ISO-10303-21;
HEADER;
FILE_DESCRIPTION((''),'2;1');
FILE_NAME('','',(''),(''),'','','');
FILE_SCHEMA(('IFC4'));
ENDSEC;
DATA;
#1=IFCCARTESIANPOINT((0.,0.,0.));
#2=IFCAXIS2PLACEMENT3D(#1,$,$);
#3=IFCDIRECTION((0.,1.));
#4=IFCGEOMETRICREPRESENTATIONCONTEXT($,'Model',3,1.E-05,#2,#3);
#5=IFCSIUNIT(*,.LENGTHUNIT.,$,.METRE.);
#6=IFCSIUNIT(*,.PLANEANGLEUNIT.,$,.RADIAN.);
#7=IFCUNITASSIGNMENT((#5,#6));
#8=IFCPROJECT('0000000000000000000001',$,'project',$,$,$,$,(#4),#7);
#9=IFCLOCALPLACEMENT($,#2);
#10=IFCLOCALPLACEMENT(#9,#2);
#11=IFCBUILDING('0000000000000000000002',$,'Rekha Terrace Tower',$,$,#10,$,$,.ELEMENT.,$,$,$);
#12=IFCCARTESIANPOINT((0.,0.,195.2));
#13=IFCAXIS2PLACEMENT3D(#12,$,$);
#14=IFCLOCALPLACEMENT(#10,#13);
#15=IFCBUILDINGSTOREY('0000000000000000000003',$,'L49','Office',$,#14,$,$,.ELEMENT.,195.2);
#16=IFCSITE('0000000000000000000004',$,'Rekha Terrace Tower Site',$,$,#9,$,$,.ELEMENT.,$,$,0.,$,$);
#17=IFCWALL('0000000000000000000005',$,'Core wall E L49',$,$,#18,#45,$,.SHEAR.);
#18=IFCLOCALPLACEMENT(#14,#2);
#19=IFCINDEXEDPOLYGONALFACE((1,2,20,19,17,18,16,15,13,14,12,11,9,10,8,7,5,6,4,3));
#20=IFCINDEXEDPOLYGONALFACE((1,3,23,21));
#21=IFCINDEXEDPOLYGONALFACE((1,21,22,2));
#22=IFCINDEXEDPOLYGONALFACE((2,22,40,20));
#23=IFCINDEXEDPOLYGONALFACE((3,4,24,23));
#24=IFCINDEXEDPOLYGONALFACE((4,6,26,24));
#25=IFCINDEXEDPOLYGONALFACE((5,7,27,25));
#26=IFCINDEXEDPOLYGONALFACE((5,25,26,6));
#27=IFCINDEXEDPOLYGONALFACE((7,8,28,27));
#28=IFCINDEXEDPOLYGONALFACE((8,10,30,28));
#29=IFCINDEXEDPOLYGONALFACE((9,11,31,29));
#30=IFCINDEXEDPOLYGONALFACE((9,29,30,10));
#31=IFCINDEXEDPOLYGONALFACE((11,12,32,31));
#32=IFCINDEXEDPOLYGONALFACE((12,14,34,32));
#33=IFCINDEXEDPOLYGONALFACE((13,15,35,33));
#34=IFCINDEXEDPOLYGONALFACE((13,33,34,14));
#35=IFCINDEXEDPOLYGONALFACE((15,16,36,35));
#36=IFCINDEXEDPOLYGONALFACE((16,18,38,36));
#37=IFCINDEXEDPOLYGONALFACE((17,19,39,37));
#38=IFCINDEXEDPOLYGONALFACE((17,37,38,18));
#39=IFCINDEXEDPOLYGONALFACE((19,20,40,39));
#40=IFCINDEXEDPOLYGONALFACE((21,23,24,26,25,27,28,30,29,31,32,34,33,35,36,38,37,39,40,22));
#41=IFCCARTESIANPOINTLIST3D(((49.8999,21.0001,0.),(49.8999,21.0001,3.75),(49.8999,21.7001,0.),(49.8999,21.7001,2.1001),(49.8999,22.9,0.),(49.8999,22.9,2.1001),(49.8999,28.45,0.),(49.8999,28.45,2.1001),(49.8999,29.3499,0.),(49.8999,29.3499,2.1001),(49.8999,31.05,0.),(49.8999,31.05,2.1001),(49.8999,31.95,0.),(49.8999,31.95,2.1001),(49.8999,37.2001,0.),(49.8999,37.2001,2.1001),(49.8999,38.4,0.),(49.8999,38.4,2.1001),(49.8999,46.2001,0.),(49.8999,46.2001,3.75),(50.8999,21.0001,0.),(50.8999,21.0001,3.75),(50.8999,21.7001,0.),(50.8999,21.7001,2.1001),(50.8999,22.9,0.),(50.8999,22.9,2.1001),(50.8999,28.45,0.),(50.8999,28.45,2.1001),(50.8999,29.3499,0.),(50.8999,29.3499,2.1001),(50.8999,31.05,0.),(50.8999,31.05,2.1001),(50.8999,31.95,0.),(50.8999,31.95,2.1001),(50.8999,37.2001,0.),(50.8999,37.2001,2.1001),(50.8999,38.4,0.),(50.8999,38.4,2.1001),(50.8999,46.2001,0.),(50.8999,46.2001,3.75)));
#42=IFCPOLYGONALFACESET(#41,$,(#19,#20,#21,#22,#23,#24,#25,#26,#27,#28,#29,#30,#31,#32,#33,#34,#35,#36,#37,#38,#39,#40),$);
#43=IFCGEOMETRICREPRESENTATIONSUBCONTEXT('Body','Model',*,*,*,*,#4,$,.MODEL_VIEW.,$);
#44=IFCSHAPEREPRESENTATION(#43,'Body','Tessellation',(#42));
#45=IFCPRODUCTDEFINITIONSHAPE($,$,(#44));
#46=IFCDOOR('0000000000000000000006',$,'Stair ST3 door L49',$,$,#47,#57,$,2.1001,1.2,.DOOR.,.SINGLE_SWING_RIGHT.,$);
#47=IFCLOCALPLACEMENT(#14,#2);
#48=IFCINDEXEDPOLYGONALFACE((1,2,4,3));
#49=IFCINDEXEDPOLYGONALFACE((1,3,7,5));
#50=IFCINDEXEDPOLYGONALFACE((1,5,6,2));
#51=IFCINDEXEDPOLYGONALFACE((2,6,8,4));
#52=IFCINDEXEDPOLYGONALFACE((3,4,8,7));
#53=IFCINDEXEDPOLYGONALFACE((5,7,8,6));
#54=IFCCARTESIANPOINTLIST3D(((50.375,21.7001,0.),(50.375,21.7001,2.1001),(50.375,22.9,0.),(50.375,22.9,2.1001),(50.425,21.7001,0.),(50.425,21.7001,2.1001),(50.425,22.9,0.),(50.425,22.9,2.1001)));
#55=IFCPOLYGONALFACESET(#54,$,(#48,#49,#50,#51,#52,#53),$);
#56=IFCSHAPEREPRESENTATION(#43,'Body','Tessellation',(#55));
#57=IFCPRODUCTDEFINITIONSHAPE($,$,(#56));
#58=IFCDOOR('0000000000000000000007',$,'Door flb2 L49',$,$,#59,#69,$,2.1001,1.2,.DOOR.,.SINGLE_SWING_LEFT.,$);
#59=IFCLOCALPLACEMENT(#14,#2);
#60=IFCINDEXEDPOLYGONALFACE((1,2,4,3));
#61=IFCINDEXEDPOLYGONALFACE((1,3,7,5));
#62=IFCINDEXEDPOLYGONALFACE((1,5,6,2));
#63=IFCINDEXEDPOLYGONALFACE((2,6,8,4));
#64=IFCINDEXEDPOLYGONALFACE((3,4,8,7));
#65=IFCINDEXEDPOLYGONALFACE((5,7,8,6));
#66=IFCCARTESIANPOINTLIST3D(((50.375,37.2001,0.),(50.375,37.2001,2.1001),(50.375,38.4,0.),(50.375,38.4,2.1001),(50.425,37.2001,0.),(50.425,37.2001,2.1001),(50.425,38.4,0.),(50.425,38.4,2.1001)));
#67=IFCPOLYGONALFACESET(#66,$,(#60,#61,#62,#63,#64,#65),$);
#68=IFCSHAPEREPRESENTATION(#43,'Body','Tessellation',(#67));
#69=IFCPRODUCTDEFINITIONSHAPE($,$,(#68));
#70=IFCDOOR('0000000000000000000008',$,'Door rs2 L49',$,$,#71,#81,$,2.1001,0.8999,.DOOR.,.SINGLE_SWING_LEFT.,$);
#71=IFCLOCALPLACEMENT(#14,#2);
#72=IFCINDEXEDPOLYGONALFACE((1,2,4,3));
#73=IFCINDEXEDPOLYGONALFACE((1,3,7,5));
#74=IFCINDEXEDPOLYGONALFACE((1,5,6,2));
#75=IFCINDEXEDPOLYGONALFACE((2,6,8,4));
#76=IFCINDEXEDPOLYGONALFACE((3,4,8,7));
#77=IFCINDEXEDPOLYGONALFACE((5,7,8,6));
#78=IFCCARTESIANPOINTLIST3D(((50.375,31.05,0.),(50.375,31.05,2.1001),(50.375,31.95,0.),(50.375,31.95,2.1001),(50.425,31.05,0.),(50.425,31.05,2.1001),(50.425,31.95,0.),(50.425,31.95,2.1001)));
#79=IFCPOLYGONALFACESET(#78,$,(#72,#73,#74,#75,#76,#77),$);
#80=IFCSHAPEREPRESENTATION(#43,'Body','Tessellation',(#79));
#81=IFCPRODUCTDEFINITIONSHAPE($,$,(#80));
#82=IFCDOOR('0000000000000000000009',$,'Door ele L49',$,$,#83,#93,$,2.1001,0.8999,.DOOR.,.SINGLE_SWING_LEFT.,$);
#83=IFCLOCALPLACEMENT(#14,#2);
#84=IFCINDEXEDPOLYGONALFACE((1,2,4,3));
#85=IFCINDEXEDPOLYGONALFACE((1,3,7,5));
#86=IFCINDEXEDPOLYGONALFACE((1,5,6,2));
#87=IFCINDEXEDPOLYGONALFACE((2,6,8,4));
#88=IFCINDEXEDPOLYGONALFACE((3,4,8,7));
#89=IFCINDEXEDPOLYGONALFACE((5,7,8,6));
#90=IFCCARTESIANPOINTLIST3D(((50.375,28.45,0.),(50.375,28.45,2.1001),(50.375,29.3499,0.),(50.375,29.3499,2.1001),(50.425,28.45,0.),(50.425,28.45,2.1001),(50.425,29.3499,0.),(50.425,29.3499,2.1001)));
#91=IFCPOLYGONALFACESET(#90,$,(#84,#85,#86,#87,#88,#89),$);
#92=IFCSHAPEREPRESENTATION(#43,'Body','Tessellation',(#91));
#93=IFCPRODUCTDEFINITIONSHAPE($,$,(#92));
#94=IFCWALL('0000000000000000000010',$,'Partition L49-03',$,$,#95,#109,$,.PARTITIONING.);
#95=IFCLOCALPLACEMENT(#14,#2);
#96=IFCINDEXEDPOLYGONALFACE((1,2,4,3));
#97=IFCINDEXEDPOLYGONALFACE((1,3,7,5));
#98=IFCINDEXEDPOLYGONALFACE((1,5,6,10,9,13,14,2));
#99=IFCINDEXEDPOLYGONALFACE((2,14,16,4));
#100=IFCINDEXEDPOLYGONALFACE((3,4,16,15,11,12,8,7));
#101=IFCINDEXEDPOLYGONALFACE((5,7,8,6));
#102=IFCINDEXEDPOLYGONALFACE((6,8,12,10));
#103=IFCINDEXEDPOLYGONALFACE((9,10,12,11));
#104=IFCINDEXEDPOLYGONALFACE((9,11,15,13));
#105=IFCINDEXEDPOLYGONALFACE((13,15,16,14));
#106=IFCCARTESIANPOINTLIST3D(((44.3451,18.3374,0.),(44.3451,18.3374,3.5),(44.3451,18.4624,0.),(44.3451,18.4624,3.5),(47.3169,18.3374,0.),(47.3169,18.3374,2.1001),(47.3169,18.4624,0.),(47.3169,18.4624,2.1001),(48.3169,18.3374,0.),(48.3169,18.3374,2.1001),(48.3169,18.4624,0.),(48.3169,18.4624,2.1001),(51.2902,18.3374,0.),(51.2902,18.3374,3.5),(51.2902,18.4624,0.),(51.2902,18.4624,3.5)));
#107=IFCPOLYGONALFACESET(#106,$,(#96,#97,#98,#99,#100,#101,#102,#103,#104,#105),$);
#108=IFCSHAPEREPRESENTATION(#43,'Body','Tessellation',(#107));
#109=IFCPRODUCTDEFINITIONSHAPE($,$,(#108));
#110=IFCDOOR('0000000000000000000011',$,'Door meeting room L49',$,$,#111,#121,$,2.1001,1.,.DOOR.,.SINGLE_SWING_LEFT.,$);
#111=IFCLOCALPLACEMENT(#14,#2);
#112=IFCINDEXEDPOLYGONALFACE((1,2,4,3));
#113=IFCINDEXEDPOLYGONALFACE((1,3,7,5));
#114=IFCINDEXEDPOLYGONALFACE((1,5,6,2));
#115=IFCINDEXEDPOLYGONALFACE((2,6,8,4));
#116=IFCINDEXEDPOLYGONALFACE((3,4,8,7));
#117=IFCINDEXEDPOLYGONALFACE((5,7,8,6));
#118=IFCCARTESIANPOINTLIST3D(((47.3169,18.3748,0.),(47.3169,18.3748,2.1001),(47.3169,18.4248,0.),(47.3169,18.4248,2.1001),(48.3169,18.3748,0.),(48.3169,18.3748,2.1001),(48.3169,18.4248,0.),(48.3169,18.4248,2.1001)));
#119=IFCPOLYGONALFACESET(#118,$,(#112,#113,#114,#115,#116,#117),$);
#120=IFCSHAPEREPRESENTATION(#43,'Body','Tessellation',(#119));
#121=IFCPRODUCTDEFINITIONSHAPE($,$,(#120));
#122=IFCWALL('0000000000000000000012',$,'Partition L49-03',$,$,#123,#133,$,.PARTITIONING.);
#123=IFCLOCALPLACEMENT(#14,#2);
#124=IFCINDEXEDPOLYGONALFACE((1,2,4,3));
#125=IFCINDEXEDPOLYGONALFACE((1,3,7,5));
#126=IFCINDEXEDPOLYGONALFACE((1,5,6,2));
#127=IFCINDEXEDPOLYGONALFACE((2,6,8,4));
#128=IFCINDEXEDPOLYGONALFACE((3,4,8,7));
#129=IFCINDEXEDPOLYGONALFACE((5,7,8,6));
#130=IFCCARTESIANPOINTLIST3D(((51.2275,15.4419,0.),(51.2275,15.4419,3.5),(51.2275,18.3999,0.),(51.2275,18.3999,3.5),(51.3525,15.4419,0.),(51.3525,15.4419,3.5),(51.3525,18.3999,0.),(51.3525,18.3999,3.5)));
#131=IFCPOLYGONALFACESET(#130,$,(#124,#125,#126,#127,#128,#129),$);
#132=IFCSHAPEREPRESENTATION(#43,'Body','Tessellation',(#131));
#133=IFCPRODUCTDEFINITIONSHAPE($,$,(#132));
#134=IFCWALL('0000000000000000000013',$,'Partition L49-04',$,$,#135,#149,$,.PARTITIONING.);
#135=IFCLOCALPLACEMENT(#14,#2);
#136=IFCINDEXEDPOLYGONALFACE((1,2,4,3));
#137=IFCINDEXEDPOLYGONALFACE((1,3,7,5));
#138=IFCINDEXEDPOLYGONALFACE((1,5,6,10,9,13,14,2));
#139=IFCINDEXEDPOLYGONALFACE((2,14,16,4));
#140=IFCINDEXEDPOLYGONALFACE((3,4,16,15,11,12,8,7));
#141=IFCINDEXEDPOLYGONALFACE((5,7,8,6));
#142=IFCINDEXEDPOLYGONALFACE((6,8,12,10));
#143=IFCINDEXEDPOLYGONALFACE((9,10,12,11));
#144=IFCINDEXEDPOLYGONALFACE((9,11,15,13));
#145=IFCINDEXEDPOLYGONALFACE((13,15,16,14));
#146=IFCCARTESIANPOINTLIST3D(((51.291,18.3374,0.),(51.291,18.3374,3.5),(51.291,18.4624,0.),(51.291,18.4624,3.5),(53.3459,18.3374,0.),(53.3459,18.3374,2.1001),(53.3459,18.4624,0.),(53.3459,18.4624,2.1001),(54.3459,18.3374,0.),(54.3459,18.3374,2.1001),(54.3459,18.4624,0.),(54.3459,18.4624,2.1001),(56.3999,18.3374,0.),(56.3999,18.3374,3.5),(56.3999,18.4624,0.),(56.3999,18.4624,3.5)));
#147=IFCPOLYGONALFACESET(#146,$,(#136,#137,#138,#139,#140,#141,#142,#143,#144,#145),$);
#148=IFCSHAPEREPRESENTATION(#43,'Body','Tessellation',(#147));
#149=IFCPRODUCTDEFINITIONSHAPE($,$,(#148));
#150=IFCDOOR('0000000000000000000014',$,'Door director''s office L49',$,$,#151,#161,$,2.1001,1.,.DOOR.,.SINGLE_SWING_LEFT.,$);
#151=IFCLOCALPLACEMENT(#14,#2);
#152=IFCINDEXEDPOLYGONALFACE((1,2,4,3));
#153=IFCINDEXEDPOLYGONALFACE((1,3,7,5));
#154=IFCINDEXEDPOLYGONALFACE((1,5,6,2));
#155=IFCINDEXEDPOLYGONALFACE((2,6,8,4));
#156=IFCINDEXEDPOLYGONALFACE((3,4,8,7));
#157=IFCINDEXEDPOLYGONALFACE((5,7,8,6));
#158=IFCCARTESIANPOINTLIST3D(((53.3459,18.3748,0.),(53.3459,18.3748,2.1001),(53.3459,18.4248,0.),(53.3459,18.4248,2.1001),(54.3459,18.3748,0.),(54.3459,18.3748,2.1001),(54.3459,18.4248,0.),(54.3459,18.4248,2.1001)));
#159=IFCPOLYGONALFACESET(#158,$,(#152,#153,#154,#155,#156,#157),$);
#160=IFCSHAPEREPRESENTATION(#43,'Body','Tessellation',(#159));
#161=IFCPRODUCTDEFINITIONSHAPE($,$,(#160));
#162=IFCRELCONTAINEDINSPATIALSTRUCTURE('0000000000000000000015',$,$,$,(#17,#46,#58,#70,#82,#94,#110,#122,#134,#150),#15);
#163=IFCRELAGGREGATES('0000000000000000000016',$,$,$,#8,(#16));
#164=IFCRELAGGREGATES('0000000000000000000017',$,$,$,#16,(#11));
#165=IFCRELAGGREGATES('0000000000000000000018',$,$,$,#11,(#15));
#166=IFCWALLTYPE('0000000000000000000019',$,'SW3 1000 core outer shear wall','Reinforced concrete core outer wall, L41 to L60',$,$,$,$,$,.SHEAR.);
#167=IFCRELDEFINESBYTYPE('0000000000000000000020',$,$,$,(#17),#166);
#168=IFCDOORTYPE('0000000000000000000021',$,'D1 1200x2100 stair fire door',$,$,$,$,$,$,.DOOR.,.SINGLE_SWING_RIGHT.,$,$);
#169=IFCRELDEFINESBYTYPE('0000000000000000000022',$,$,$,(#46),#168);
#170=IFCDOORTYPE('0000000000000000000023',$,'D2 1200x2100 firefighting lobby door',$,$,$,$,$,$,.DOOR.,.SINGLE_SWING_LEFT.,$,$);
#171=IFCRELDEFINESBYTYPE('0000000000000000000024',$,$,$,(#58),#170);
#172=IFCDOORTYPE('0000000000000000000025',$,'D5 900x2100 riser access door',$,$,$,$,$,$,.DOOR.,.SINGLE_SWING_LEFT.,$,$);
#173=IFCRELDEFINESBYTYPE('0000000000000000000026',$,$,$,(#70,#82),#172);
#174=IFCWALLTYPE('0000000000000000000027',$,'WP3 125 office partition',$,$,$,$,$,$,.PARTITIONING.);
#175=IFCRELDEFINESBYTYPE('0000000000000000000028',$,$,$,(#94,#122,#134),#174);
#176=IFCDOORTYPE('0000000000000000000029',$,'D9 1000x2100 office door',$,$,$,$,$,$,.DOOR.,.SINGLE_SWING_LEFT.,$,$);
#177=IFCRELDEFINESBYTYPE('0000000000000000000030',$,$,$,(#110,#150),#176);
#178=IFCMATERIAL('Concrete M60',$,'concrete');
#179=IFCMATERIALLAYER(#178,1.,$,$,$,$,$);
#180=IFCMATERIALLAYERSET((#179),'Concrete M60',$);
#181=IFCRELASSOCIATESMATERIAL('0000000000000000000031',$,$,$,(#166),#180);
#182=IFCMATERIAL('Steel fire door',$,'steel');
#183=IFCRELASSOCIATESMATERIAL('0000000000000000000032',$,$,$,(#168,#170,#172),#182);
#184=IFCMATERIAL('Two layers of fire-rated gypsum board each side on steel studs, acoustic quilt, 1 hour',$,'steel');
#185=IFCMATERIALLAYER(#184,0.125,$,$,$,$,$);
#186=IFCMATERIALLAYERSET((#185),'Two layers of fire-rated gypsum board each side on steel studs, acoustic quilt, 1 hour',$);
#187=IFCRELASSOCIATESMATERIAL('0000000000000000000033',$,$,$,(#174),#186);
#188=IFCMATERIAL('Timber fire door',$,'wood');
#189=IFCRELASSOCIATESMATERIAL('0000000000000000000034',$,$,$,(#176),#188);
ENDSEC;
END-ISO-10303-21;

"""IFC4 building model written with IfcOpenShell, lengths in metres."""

from ifc_helpers import new_model, si_unit, direction, frame, frame_2d, origin, place, context, subcontext, project, spatial, rectangle, extrude, material, layer, layer_set, type_object, element, fill, save


model = new_model("IFC4")

# Units and contexts
model_context = context("Model", 3, precision=1e-05, world=origin(), true_north=direction((0.0, 1.0)))
body_context = subcontext(model_context, "Body", "Model", "MODEL_VIEW")
ifc_project = project(units=[si_unit("LENGTHUNIT", "METRE"), si_unit("PLANEANGLEUNIT", "RADIAN")], contexts=[model_context])

# Site, building, storey
site_placement = place(None, origin())
site = spatial("IfcSite", under=ifc_project, at=site_placement, Name="Rekha Terrace Tower Site", CompositionType="ELEMENT", RefElevation=0.0)
building_placement = place(site_placement, origin())
building = spatial("IfcBuilding", under=site, at=building_placement, Name="Rekha Terrace Tower", CompositionType="ELEMENT")
storey_placement = place(building_placement, frame((0.0, 0.0, 195.2)))
storey = spatial("IfcBuildingStorey", under=building, at=storey_placement, Name="L49", Description="Office", CompositionType="ELEMENT", Elevation=195.2)

# Shared definitions
ifc_material_1 = material(Name="Concrete M60", Category="concrete")

# Wall, openings, doors
ifc_layer_1 = layer(ifc_material_1, 1.0)
ifc_layer_set_1 = layer_set([ifc_layer_1], Name="Concrete M60")
wall_type_1 = type_object("IfcWallType", Name="SW3 1000 core outer shear wall", Description="Reinforced concrete core outer wall, L41 to L60", PredefinedType="SHEAR", material=ifc_layer_set_1)
wall_1_placement = place(storey_placement, frame((50.3999, 21.0, 0.0), z_axis=(0.0, 0.0, 1.0), x_axis=(0.0, 1.0, 0.0)))
wall_1 = element("IfcWall", 1, at=wall_1_placement, inside=storey, type_object=wall_type_1, Name="Core wall E L49", PredefinedType="SHEAR", context=body_context, shape_type="SweptSolid", body=[
    extrude(rectangle(XDim=25.2, YDim=1.0, at=frame_2d((12.6001, 0.0))), origin(), (0.0, 0.0, 1.0), 3.75),
])
opening_1_placement = place(wall_1_placement, frame((16.2, 0.0, 0.0)))
opening_1 = element("IfcOpeningElement", 2, at=opening_1_placement, cuts=wall_1, PredefinedType="OPENING", context=body_context, shape_type="SweptSolid", body=[
    extrude(rectangle(XDim=1.2, YDim=2.1001, at=frame_2d((0.6001, 1.05))), frame((0.0, 0.51, 0.0), z_axis=(0.0, -1.0, 0.0), x_axis=(1.0, 0.0, 0.0)), (0.0, 0.0, 1.0), 1.02),
])
opening_2_placement = place(wall_1_placement, frame((10.05, 0.0, 0.0)))
opening_2 = element("IfcOpeningElement", 3, at=opening_2_placement, cuts=wall_1, PredefinedType="OPENING", context=body_context, shape_type="SweptSolid", body=[
    extrude(rectangle(XDim=0.8999, YDim=2.1001, at=frame_2d((0.45, 1.05))), frame((0.0, 0.51, 0.0), z_axis=(0.0, -1.0, 0.0), x_axis=(1.0, 0.0, 0.0)), (0.0, 0.0, 1.0), 1.02),
])
opening_3_placement = place(wall_1_placement, frame((7.45, 0.0, 0.0)))
opening_3 = element("IfcOpeningElement", 4, at=opening_3_placement, cuts=wall_1, PredefinedType="OPENING", context=body_context, shape_type="SweptSolid", body=[
    extrude(rectangle(XDim=0.8999, YDim=2.1001, at=frame_2d((0.45, 1.05))), frame((0.0, 0.51, 0.0), z_axis=(0.0, -1.0, 0.0), x_axis=(1.0, 0.0, 0.0)), (0.0, 0.0, 1.0), 1.02),
])
opening_4_placement = place(wall_1_placement, frame((0.7, 0.0, 0.0)))
opening_4 = element("IfcOpeningElement", 5, at=opening_4_placement, cuts=wall_1, PredefinedType="OPENING", context=body_context, shape_type="SweptSolid", body=[
    extrude(rectangle(XDim=1.2, YDim=2.1001, at=frame_2d((0.6001, 1.05))), frame((0.0, 0.51, 0.0), z_axis=(0.0, -1.0, 0.0), x_axis=(1.0, 0.0, 0.0)), (0.0, 0.0, 1.0), 1.02),
])
ifc_material_2 = material(Name="Steel fire door", Category="steel")
door_type_1 = type_object("IfcDoorType", Name="D1 1200x2100 stair fire door", OperationType="SINGLE_SWING_RIGHT", PredefinedType="DOOR", material=ifc_material_2)
door_1_placement = place(opening_4_placement, origin())
door_1 = element("IfcDoor", 6, at=door_1_placement, inside=storey, type_object=door_type_1, Name="Stair ST3 door L49", OperationType="SINGLE_SWING_RIGHT", OverallHeight=2.1001, OverallWidth=1.2, PredefinedType="DOOR", context=body_context, shape_type="SweptSolid", body=[
    extrude(rectangle(XDim=1.2, YDim=2.1001, at=frame_2d((0.6001, 1.05))), frame((0.0, 0.0249, 0.0), z_axis=(0.0, -1.0, 0.0), x_axis=(1.0, 0.0, 0.0)), (0.0, 0.0, 1.0), 0.05),
])
fill(opening_4, door_1)
door_type_2 = type_object("IfcDoorType", Name="D2 1200x2100 firefighting lobby door", OperationType="SINGLE_SWING_LEFT", PredefinedType="DOOR", material=ifc_material_2)
door_2_placement = place(opening_1_placement, origin())
door_2 = element("IfcDoor", 7, at=door_2_placement, inside=storey, type_object=door_type_2, Name="Door flb2 L49", OperationType="SINGLE_SWING_LEFT", OverallHeight=2.1001, OverallWidth=1.2, PredefinedType="DOOR", context=body_context, shape_type="SweptSolid", body=[
    extrude(rectangle(XDim=1.2, YDim=2.1001, at=frame_2d((0.6001, 1.05))), frame((0.0, 0.0249, 0.0), z_axis=(0.0, -1.0, 0.0), x_axis=(1.0, 0.0, 0.0)), (0.0, 0.0, 1.0), 0.05),
])
fill(opening_1, door_2)
door_type_3 = type_object("IfcDoorType", Name="D5 900x2100 riser access door", OperationType="SINGLE_SWING_LEFT", PredefinedType="DOOR", material=ifc_material_2)
door_3_placement = place(opening_2_placement, origin())
door_3 = element("IfcDoor", 8, at=door_3_placement, inside=storey, type_object=door_type_3, Name="Door rs2 L49", OperationType="SINGLE_SWING_LEFT", OverallHeight=2.1001, OverallWidth=0.8999, PredefinedType="DOOR", context=body_context, shape_type="SweptSolid", body=[
    extrude(rectangle(XDim=0.8999, YDim=2.1001, at=frame_2d((0.45, 1.05))), frame((0.0, 0.0249, 0.0), z_axis=(0.0, -1.0, 0.0), x_axis=(1.0, 0.0, 0.0)), (0.0, 0.0, 1.0), 0.05),
])
fill(opening_2, door_3)
door_4_placement = place(opening_3_placement, origin())
door_4 = element("IfcDoor", 9, at=door_4_placement, inside=storey, type_object=door_type_3, Name="Door ele L49", OperationType="SINGLE_SWING_LEFT", OverallHeight=2.1001, OverallWidth=0.8999, PredefinedType="DOOR", context=body_context, shape_type="SweptSolid", body=[
    extrude(rectangle(XDim=0.8999, YDim=2.1001, at=frame_2d((0.45, 1.05))), frame((0.0, 0.0249, 0.0), z_axis=(0.0, -1.0, 0.0), x_axis=(1.0, 0.0, 0.0)), (0.0, 0.0, 1.0), 0.05),
])
fill(opening_3, door_4)

# Wall, opening, door
ifc_material_3 = material(Name="Two layers of fire-rated gypsum board each side on steel studs, acoustic quilt, 1 hour", Category="steel")
ifc_layer_2 = layer(ifc_material_3, 0.125)
ifc_layer_set_2 = layer_set([ifc_layer_2], Name="Two layers of fire-rated gypsum board each side on steel studs, acoustic quilt, 1 hour")
wall_type_2 = type_object("IfcWallType", Name="WP3 125 office partition", PredefinedType="PARTITIONING", material=ifc_layer_set_2)
wall_2_placement = place(storey_placement, frame((44.345, 18.3999, 0.0), z_axis=(0.0, 0.0, 1.0), x_axis=(1.0, 0.0, 0.0)))
wall_2 = element("IfcWall", 10, at=wall_2_placement, inside=storey, type_object=wall_type_2, Name="Partition L49-03", PredefinedType="PARTITIONING", context=body_context, shape_type="SweptSolid", body=[
    extrude(rectangle(XDim=6.9451, YDim=0.125, at=frame_2d((3.4727, 0.0))), origin(), (0.0, 0.0, 1.0), 3.5),
])
opening_5_placement = place(wall_2_placement, frame((2.9719, 0.0, 0.0)))
opening_5 = element("IfcOpeningElement", 11, at=opening_5_placement, cuts=wall_2, PredefinedType="OPENING", context=body_context, shape_type="SweptSolid", body=[
    extrude(rectangle(XDim=1.0, YDim=2.1001, at=frame_2d((0.5, 1.05))), frame((0.0, 0.0725, 0.0), z_axis=(0.0, -1.0, 0.0), x_axis=(1.0, 0.0, 0.0)), (0.0, 0.0, 1.0), 0.145),
])
ifc_material_4 = material(Name="Timber fire door", Category="wood")
door_type_4 = type_object("IfcDoorType", Name="D9 1000x2100 office door", OperationType="SINGLE_SWING_LEFT", PredefinedType="DOOR", material=ifc_material_4)
door_5_placement = place(opening_5_placement, origin())
door_5 = element("IfcDoor", 12, at=door_5_placement, inside=storey, type_object=door_type_4, Name="Door meeting room L49", OperationType="SINGLE_SWING_LEFT", OverallHeight=2.1001, OverallWidth=1.0, PredefinedType="DOOR", context=body_context, shape_type="SweptSolid", body=[
    extrude(rectangle(XDim=1.0, YDim=2.1001, at=frame_2d((0.5, 1.05))), frame((0.0, 0.0249, 0.0), z_axis=(0.0, -1.0, 0.0), x_axis=(1.0, 0.0, 0.0)), (0.0, 0.0, 1.0), 0.05),
])
fill(opening_5, door_5)

# Wall
wall_3_placement = place(storey_placement, frame((51.29, 18.3999, 0.0), z_axis=(0.0, 0.0, 1.0), x_axis=(0.0, -1.0, 0.0)))
element("IfcWall", 13, at=wall_3_placement, inside=storey, type_object=wall_type_2, Name="Partition L49-03", PredefinedType="PARTITIONING", context=body_context, shape_type="SweptSolid", body=[
    extrude(rectangle(XDim=2.958, YDim=0.125, at=frame_2d((1.479, 0.0))), origin(), (0.0, 0.0, 1.0), 3.5),
])

# Wall, opening, door
wall_4_placement = place(storey_placement, frame((51.291, 18.3999, 0.0), z_axis=(0.0, 0.0, 1.0), x_axis=(1.0, 0.0, 0.0)))
wall_4 = element("IfcWall", 14, at=wall_4_placement, inside=storey, type_object=wall_type_2, Name="Partition L49-04", PredefinedType="PARTITIONING", context=body_context, shape_type="SweptSolid", body=[
    extrude(rectangle(XDim=5.1089, YDim=0.125, at=frame_2d((2.5544, 0.0))), origin(), (0.0, 0.0, 1.0), 3.5),
])
opening_6_placement = place(wall_4_placement, frame((2.0549, 0.0, 0.0)))
opening_6 = element("IfcOpeningElement", 15, at=opening_6_placement, cuts=wall_4, PredefinedType="OPENING", context=body_context, shape_type="SweptSolid", body=[
    extrude(rectangle(XDim=1.0, YDim=2.1001, at=frame_2d((0.5, 1.05))), frame((0.0, 0.0725, 0.0), z_axis=(0.0, -1.0, 0.0), x_axis=(1.0, 0.0, 0.0)), (0.0, 0.0, 1.0), 0.145),
])
door_6_placement = place(opening_6_placement, origin())
door_6 = element("IfcDoor", 16, at=door_6_placement, inside=storey, type_object=door_type_4, Name="Door director's office L49", OperationType="SINGLE_SWING_LEFT", OverallHeight=2.1001, OverallWidth=1.0, PredefinedType="DOOR", context=body_context, shape_type="SweptSolid", body=[
    extrude(rectangle(XDim=1.0, YDim=2.1001, at=frame_2d((0.5, 1.05))), frame((0.0, 0.0249, 0.0), z_axis=(0.0, -1.0, 0.0), x_axis=(1.0, 0.0, 0.0)), (0.0, 0.0, 1.0), 0.05),
])
fill(opening_6, door_6)

save(model, "model.ifc")
